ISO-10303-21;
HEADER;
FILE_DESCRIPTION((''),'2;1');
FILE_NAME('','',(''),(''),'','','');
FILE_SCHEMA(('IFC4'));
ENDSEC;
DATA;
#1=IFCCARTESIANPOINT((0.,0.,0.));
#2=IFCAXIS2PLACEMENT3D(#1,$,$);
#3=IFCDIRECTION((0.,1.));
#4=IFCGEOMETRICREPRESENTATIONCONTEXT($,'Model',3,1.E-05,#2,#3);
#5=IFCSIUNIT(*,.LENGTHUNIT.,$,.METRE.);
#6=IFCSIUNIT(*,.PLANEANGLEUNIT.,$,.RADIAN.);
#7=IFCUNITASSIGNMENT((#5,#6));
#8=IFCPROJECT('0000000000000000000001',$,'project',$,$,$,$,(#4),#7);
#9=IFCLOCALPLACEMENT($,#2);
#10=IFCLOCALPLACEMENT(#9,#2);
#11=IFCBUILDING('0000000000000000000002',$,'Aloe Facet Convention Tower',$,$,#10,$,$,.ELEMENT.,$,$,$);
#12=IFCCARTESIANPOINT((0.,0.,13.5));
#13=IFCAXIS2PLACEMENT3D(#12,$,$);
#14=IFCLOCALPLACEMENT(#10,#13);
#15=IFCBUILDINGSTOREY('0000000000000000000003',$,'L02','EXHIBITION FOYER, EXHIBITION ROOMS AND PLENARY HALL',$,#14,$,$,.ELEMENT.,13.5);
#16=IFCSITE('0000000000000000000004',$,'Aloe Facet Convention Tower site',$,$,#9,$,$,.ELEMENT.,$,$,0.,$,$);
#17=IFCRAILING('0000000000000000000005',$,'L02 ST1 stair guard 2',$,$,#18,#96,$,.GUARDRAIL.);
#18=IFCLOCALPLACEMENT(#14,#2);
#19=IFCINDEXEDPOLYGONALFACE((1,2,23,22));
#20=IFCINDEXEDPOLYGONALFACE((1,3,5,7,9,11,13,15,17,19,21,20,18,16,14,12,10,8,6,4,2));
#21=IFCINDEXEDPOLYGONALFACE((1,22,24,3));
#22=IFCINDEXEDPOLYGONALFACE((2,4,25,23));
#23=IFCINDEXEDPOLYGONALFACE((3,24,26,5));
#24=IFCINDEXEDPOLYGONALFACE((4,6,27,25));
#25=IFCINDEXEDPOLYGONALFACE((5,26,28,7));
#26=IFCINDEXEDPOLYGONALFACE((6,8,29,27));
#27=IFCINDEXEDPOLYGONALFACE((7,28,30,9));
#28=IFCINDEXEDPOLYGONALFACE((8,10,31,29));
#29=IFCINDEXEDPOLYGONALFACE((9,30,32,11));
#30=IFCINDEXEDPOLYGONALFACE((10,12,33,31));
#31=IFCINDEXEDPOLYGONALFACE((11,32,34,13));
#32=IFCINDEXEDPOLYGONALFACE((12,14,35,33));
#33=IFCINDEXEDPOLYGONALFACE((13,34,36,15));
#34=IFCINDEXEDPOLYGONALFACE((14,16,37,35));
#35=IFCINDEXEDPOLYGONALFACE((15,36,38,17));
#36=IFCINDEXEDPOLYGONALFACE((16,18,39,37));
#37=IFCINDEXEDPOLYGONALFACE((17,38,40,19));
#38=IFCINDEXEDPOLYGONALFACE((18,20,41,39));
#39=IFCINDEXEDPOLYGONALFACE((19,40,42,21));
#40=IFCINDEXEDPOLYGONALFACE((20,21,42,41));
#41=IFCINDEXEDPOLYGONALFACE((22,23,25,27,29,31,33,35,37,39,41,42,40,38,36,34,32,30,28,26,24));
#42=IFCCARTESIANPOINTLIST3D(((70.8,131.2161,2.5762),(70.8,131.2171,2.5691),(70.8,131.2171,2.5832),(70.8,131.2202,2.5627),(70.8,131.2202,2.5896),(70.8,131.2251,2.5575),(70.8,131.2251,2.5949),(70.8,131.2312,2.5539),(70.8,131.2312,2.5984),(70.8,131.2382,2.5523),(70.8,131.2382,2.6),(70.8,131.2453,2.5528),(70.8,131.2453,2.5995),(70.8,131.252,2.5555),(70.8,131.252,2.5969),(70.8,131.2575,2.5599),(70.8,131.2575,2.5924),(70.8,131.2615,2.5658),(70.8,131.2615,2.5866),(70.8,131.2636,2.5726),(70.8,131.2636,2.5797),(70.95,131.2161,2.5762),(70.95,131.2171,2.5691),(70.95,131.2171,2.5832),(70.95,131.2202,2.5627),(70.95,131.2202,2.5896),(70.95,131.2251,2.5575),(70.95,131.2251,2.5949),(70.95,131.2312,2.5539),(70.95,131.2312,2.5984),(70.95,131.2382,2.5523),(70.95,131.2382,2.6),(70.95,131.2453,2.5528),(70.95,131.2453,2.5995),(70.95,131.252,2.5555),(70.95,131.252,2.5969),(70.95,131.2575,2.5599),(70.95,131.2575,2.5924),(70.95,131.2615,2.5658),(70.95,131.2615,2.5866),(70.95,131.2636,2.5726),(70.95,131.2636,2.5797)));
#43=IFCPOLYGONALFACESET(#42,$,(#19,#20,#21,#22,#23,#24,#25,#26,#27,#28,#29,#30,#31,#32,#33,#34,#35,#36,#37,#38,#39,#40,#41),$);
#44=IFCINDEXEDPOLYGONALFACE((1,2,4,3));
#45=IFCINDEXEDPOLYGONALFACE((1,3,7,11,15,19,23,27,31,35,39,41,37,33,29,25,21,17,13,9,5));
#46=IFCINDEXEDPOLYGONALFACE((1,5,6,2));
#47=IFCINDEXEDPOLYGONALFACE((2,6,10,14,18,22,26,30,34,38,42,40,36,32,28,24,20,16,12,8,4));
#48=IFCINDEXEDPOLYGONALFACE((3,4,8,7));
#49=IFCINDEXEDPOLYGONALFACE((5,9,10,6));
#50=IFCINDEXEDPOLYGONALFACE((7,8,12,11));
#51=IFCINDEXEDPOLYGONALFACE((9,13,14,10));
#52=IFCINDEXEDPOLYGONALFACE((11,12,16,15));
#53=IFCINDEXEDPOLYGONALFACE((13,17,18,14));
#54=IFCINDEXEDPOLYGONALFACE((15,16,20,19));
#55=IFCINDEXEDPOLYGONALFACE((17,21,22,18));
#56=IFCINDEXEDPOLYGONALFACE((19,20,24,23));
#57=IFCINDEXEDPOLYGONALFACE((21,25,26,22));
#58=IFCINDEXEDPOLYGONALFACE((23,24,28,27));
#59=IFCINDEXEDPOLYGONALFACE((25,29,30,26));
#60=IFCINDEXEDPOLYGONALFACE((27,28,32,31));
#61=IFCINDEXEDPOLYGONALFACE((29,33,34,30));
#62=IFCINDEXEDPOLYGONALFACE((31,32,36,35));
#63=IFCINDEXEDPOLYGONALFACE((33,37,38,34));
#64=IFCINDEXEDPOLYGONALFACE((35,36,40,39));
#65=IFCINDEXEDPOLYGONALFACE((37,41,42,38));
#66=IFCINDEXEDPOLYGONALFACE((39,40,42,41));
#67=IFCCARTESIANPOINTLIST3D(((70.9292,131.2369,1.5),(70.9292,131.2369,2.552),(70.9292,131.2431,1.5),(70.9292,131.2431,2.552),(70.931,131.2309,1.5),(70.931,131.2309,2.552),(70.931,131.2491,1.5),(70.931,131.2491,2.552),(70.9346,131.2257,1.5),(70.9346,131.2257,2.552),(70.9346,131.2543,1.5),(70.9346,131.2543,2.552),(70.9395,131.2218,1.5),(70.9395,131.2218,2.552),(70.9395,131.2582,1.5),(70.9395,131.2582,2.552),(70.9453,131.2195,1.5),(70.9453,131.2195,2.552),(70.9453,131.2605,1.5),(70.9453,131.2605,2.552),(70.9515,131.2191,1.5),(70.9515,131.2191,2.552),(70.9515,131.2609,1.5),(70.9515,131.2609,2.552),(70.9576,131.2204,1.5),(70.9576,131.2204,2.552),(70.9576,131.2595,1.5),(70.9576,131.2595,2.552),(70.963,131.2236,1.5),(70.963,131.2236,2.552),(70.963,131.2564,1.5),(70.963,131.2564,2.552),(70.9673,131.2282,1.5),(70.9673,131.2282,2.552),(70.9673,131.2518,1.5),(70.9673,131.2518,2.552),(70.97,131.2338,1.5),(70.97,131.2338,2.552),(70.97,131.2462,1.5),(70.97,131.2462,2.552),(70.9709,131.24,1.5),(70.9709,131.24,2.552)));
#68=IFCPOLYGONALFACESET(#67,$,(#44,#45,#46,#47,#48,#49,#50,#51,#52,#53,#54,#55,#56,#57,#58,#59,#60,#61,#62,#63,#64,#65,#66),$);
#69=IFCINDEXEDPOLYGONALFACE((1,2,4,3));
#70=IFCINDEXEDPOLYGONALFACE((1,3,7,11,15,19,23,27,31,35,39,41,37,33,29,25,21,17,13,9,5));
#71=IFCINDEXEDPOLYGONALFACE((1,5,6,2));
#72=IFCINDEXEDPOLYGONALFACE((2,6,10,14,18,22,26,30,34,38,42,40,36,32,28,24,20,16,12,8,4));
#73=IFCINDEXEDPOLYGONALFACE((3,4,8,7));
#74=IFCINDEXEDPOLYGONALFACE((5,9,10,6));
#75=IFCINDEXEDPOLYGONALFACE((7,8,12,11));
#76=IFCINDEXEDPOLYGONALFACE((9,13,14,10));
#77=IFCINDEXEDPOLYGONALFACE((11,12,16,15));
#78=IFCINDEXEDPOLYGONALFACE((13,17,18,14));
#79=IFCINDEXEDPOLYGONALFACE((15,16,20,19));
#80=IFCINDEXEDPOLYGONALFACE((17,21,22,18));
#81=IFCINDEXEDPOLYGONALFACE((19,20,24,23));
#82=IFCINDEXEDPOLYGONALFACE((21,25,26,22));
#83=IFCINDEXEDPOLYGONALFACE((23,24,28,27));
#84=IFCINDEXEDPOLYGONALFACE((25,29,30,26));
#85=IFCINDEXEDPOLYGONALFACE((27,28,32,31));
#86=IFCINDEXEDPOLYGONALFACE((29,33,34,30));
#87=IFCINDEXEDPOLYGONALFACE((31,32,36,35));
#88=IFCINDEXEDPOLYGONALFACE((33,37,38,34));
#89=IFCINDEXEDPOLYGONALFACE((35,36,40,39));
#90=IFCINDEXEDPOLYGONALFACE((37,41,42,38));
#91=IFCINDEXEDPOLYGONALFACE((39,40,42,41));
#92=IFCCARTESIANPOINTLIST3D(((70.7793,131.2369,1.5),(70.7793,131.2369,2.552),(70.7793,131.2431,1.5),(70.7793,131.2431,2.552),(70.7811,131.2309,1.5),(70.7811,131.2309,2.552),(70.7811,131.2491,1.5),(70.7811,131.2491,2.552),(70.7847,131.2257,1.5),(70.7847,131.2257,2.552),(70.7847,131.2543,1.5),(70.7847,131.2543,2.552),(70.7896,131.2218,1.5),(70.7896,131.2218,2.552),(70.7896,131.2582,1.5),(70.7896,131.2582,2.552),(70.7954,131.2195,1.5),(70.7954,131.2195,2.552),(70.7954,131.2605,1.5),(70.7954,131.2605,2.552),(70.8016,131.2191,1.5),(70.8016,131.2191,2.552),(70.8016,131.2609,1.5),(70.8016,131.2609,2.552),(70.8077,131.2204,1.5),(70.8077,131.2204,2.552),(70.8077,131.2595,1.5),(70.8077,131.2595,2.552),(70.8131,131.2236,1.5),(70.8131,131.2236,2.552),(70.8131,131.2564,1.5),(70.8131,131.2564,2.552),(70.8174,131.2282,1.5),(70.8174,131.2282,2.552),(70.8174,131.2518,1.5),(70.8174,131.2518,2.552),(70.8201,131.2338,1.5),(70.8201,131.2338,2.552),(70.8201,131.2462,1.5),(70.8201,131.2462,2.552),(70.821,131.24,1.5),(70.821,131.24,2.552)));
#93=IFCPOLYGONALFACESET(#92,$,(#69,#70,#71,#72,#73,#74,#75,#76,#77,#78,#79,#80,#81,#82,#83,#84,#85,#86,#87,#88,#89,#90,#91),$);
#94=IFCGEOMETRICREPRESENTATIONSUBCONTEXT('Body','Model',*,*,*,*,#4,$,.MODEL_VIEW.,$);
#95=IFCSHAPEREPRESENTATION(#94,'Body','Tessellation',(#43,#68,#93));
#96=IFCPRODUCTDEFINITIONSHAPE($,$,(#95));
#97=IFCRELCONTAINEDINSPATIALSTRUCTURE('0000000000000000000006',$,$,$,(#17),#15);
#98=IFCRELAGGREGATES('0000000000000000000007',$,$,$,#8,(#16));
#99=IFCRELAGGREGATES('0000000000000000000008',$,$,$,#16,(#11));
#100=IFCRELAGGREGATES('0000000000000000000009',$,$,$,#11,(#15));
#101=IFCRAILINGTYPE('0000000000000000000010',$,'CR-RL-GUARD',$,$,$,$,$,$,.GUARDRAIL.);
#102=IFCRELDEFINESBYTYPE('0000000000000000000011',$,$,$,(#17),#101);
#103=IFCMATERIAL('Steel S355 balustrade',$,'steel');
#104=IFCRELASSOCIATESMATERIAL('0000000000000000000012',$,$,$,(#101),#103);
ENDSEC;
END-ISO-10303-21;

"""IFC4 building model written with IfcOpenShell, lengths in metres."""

from ifc_helpers import new_model, si_unit, direction, frame, origin, origin_2d, place, context, subcontext, project, spatial, circle, extrude, material, type_object, element, save


model = new_model("IFC4")

# Units and contexts
model_context = context("Model", 3, precision=1e-05, world=origin(), true_north=direction((0.0, 1.0)))
body_context = subcontext(model_context, "Body", "Model", "MODEL_VIEW")
ifc_project = project(units=[si_unit("LENGTHUNIT", "METRE"), si_unit("PLANEANGLEUNIT", "RADIAN")], contexts=[model_context])

# Site, building, storey
site_placement = place(None, origin())
site = spatial("IfcSite", under=ifc_project, at=site_placement, Name="Aloe Facet Convention Tower site", CompositionType="ELEMENT", RefElevation=0.0)
building_placement = place(site_placement, origin())
building = spatial("IfcBuilding", under=site, at=building_placement, Name="Aloe Facet Convention Tower", CompositionType="ELEMENT")
storey_placement = place(building_placement, frame((0.0, 0.0, 13.5)))
storey = spatial("IfcBuildingStorey", under=building, at=storey_placement, Name="L02", Description="EXHIBITION FOYER, EXHIBITION ROOMS AND PLENARY HALL", CompositionType="ELEMENT", Elevation=13.5)

# Railing
ifc_material_1 = material(Name="Steel S355 balustrade", Category="steel")
railing_type_1 = type_object("IfcRailingType", Name="CR-RL-GUARD", PredefinedType="GUARDRAIL", material=ifc_material_1)
railing_1_placement = place(storey_placement, frame((70.95, 131.24, 1.5)))
element("IfcRailing", 1, at=railing_1_placement, inside=storey, type_object=railing_type_1, Name="L02 ST1 stair guard 2", PredefinedType="GUARDRAIL", context=body_context, shape_type="SweptSolid", body=[
    extrude(circle(Radius=0.0239, at=origin_2d()), frame((0.0, 0.0, 1.0762), z_axis=(-1.0, 0.0, 0.0), x_axis=(0.0, -1.0, 0.0)), (0.0, 0.0, 1.0), 0.1499),
    extrude(circle(Radius=0.021, at=origin_2d()), origin(), (0.0, 0.0, 1.0), 1.052),
    extrude(circle(Radius=0.021, at=origin_2d()), frame((-0.1499, 0.0, 0.0)), (0.0, 0.0, 1.0), 1.052),
])

save(model, "model.ifc")
